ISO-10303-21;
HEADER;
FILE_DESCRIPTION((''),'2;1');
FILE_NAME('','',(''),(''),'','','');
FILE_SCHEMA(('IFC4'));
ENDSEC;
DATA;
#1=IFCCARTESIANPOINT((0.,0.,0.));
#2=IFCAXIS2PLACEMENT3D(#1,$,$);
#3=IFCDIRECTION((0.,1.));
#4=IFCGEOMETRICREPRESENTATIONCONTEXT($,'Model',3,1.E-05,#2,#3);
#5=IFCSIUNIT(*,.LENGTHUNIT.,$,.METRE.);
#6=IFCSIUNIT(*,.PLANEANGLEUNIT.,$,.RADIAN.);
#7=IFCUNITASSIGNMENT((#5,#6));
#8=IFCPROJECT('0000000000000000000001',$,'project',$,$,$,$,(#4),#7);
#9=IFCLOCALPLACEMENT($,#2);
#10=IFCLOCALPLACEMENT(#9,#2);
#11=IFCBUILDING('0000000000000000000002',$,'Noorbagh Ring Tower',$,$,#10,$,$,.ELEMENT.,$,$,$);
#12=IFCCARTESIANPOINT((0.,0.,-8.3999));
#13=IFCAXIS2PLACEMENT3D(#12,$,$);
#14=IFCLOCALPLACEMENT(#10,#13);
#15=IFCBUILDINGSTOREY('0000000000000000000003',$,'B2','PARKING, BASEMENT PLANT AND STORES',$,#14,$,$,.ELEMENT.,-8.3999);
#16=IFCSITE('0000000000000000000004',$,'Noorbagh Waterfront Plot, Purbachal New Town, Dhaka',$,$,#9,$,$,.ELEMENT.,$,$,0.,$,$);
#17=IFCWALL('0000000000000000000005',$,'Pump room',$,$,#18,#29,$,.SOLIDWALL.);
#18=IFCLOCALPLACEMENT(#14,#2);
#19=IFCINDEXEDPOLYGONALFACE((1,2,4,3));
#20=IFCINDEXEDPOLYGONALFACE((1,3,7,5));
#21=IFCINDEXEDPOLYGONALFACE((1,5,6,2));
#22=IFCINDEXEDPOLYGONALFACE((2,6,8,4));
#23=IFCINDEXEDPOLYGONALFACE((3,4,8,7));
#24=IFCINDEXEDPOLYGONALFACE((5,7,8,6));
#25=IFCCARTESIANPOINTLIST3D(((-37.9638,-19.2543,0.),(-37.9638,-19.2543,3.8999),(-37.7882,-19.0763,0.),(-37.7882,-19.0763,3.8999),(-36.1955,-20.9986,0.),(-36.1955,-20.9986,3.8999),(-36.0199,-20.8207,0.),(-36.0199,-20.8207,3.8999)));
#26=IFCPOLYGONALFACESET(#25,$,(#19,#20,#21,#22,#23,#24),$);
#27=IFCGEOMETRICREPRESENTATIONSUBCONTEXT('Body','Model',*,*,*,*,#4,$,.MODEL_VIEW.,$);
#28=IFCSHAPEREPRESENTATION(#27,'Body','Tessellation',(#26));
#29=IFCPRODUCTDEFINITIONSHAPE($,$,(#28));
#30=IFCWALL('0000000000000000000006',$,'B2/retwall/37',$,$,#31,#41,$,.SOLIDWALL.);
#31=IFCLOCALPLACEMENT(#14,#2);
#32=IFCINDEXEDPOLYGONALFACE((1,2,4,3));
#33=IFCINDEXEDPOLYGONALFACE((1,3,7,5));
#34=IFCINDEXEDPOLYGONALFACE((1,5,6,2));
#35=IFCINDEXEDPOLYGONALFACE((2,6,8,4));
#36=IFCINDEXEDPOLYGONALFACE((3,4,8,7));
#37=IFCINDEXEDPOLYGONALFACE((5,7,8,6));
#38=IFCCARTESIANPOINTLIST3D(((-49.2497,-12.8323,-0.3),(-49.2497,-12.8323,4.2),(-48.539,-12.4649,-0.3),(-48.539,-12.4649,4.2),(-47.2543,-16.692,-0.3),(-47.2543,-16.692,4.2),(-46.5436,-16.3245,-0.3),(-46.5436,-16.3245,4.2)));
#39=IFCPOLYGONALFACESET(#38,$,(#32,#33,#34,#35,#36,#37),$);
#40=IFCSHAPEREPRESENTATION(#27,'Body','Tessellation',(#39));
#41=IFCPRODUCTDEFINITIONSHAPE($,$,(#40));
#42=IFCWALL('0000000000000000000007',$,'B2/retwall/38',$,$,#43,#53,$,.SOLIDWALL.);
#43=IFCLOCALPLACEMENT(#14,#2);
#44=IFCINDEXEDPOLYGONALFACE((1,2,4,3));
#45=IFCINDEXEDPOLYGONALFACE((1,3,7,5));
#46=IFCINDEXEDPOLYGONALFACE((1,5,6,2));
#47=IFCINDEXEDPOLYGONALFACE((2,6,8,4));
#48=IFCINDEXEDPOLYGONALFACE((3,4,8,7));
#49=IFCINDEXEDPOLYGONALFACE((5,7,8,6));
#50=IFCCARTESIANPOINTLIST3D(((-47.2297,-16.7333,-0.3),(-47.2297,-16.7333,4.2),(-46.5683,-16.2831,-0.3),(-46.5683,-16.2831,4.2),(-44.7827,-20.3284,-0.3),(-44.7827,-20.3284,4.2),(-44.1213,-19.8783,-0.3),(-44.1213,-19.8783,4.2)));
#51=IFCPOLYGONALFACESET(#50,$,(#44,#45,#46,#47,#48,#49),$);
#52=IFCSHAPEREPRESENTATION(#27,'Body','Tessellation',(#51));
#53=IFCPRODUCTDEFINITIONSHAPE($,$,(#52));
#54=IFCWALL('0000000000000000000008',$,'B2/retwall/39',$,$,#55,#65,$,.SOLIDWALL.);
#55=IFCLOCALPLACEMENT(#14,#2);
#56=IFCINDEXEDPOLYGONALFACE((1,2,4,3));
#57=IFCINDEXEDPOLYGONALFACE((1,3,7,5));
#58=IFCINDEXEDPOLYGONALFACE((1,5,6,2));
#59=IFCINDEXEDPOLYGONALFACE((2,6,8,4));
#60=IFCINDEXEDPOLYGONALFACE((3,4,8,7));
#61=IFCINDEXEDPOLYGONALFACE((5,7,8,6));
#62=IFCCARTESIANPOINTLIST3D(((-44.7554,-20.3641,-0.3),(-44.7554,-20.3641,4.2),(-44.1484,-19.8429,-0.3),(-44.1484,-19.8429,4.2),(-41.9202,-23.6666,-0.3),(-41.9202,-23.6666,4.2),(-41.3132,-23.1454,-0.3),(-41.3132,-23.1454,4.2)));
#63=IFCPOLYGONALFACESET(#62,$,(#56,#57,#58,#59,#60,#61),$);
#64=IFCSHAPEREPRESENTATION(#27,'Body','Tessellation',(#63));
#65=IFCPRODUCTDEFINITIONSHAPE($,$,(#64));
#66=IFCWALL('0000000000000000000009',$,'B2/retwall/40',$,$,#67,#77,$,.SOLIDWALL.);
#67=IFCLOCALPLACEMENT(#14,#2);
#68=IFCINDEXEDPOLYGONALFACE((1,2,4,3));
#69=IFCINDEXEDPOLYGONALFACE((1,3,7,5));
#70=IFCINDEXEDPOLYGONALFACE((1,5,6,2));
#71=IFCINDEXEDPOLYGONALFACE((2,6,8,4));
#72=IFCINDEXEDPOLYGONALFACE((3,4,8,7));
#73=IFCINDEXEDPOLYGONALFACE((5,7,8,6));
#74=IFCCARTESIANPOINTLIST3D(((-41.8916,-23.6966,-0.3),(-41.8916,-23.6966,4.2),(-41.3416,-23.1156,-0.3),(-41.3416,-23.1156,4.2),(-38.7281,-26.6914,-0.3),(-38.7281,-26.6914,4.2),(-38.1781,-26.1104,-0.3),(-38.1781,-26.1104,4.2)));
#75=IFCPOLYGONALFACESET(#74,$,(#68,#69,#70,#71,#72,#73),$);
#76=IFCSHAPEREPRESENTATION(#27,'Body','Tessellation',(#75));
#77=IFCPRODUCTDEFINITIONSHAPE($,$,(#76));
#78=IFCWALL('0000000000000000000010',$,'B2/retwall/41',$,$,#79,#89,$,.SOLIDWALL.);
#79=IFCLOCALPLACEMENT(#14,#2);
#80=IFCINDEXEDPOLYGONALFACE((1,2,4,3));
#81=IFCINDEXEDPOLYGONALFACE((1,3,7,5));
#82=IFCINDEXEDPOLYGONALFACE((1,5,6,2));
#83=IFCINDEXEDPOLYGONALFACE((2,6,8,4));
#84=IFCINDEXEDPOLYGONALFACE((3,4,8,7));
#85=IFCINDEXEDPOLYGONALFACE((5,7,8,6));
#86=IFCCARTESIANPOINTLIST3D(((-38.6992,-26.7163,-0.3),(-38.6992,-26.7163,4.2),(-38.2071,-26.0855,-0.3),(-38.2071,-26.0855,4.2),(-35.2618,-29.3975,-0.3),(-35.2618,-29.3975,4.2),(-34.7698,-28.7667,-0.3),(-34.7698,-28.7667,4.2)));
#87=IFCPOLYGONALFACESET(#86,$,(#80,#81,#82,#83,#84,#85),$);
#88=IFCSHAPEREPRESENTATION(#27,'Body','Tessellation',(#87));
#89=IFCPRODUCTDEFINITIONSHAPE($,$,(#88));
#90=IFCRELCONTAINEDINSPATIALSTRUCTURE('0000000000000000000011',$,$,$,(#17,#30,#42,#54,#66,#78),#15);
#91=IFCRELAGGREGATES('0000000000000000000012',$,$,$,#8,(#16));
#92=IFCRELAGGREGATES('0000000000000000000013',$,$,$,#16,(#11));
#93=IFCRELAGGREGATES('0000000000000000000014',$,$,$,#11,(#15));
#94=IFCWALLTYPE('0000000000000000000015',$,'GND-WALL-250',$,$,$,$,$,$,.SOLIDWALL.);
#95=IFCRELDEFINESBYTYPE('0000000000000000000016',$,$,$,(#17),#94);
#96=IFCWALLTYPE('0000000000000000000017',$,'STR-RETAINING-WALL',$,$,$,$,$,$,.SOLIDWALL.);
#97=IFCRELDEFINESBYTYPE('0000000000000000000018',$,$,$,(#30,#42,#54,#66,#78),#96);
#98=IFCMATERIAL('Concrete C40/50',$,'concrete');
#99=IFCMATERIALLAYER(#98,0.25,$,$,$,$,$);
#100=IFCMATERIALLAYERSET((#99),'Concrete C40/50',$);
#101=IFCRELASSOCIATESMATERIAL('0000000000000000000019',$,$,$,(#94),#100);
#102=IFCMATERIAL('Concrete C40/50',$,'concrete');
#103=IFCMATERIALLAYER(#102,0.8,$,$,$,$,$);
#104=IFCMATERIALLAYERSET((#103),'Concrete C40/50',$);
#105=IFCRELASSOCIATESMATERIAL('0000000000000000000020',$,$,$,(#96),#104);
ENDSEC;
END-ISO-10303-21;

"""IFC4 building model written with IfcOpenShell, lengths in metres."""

from ifc_helpers import new_model, si_unit, direction, frame, frame_2d, origin, place, context, subcontext, project, spatial, rectangle, extrude, material, layer, layer_set, type_object, element, save


model = new_model("IFC4")

# Units and contexts
model_context = context("Model", 3, precision=1e-05, world=origin(), true_north=direction((0.0, 1.0)))
body_context = subcontext(model_context, "Body", "Model", "MODEL_VIEW")
ifc_project = project(units=[si_unit("LENGTHUNIT", "METRE"), si_unit("PLANEANGLEUNIT", "RADIAN")], contexts=[model_context])

# Site, building, storey
site_placement = place(None, origin())
site = spatial("IfcSite", under=ifc_project, at=site_placement, Name="Noorbagh Waterfront Plot, Purbachal New Town, Dhaka", CompositionType="ELEMENT", RefElevation=0.0)
building_placement = place(site_placement, origin())
building = spatial("IfcBuilding", under=site, at=building_placement, Name="Noorbagh Ring Tower", CompositionType="ELEMENT")
storey_placement = place(building_placement, frame((0.0, 0.0, -8.3999)))
storey = spatial("IfcBuildingStorey", under=building, at=storey_placement, Name="B2", Description="PARKING, BASEMENT PLANT AND STORES", CompositionType="ELEMENT", Elevation=-8.3999)

# Shared definitions
ifc_material_1 = material(Name="Concrete C40/50", Category="concrete")
ifc_layer_1 = layer(ifc_material_1, 0.25)
ifc_layer_set_1 = layer_set([ifc_layer_1], Name="Concrete C40/50")
wall_type_1 = type_object("IfcWallType", Name="GND-WALL-250", PredefinedType="SOLIDWALL", material=ifc_layer_set_1)

# Walls
wall_1_placement = place(storey_placement, frame((-37.876, -19.1653, 0.0), z_axis=(0.0, 0.0, 1.0), x_axis=(0.711907, -0.702274, 0.0)))
element("IfcWall", 1, at=wall_1_placement, inside=storey, type_object=wall_type_1, Name="Pump room", PredefinedType="SOLIDWALL", context=body_context, shape_type="SweptSolid", body=[
    extrude(rectangle(XDim=2.4839, YDim=0.25, at=frame_2d((1.2419, 0.0))), origin(), (0.0, 0.0, 1.0), 3.8999),
])
ifc_material_2 = material(Name="Concrete C40/50", Category="concrete")
ifc_layer_2 = layer(ifc_material_2, 0.8)
ifc_layer_set_2 = layer_set([ifc_layer_2], Name="Concrete C40/50")
wall_type_2 = type_object("IfcWallType", Name="STR-RETAINING-WALL", PredefinedType="SOLIDWALL", material=ifc_layer_set_2)
wall_2_placement = place(storey_placement, frame((-48.8943, -12.6487, -0.3), z_axis=(0.0, 0.0, 1.0), x_axis=(0.459243, -0.888311, 0.0)))
element("IfcWall", 2, at=wall_2_placement, inside=storey, type_object=wall_type_2, Name="B2/retwall/37", PredefinedType="SOLIDWALL", context=body_context, shape_type="SweptSolid", body=[
    extrude(rectangle(XDim=4.345, YDim=0.8, at=frame_2d((2.1724, 0.0))), origin(), (0.0, 0.0, 1.0), 4.5),
])
wall_3_placement = place(storey_placement, frame((-46.8989, -16.5083, -0.3), z_axis=(0.0, 0.0, 1.0), x_axis=(0.562668, -0.826683, 0.0)))
element("IfcWall", 3, at=wall_3_placement, inside=storey, type_object=wall_type_2, Name="B2/retwall/38", PredefinedType="SOLIDWALL", context=body_context, shape_type="SweptSolid", body=[
    extrude(rectangle(XDim=4.3489, YDim=0.8, at=frame_2d((2.1743, 0.0))), origin(), (0.0, 0.0, 1.0), 4.5),
])
wall_4_placement = place(storey_placement, frame((-44.4519, -20.1035, -0.3), z_axis=(0.0, 0.0, 1.0), x_axis=(0.651387, -0.758746, 0.0)))
element("IfcWall", 4, at=wall_4_placement, inside=storey, type_object=wall_type_2, Name="B2/retwall/39", PredefinedType="SOLIDWALL", context=body_context, shape_type="SweptSolid", body=[
    extrude(rectangle(XDim=4.3525, YDim=0.8, at=frame_2d((2.1763, 0.0))), origin(), (0.0, 0.0, 1.0), 4.5),
])
wall_5_placement = place(storey_placement, frame((-41.6167, -23.406, -0.3), z_axis=(0.0, 0.0, 1.0), x_axis=(0.726204, -0.687479, 0.0)))
element("IfcWall", 5, at=wall_5_placement, inside=storey, type_object=wall_type_2, Name="B2/retwall/40", PredefinedType="SOLIDWALL", context=body_context, shape_type="SweptSolid", body=[
    extrude(rectangle(XDim=4.3562, YDim=0.8, at=frame_2d((2.1782, 0.0))), origin(), (0.0, 0.0, 1.0), 4.5),
])
wall_6_placement = place(storey_placement, frame((-38.4531, -26.4009, -0.3), z_axis=(0.0, 0.0, 1.0), x_axis=(0.788492, -0.615045, 0.0)))
element("IfcWall", 6, at=wall_6_placement, inside=storey, type_object=wall_type_2, Name="B2/retwall/41", PredefinedType="SOLIDWALL", context=body_context, shape_type="SweptSolid", body=[
    extrude(rectangle(XDim=4.3594, YDim=0.8, at=frame_2d((2.1797, 0.0))), origin(), (0.0, 0.0, 1.0), 4.5),
])

save(model, "model.ifc")
